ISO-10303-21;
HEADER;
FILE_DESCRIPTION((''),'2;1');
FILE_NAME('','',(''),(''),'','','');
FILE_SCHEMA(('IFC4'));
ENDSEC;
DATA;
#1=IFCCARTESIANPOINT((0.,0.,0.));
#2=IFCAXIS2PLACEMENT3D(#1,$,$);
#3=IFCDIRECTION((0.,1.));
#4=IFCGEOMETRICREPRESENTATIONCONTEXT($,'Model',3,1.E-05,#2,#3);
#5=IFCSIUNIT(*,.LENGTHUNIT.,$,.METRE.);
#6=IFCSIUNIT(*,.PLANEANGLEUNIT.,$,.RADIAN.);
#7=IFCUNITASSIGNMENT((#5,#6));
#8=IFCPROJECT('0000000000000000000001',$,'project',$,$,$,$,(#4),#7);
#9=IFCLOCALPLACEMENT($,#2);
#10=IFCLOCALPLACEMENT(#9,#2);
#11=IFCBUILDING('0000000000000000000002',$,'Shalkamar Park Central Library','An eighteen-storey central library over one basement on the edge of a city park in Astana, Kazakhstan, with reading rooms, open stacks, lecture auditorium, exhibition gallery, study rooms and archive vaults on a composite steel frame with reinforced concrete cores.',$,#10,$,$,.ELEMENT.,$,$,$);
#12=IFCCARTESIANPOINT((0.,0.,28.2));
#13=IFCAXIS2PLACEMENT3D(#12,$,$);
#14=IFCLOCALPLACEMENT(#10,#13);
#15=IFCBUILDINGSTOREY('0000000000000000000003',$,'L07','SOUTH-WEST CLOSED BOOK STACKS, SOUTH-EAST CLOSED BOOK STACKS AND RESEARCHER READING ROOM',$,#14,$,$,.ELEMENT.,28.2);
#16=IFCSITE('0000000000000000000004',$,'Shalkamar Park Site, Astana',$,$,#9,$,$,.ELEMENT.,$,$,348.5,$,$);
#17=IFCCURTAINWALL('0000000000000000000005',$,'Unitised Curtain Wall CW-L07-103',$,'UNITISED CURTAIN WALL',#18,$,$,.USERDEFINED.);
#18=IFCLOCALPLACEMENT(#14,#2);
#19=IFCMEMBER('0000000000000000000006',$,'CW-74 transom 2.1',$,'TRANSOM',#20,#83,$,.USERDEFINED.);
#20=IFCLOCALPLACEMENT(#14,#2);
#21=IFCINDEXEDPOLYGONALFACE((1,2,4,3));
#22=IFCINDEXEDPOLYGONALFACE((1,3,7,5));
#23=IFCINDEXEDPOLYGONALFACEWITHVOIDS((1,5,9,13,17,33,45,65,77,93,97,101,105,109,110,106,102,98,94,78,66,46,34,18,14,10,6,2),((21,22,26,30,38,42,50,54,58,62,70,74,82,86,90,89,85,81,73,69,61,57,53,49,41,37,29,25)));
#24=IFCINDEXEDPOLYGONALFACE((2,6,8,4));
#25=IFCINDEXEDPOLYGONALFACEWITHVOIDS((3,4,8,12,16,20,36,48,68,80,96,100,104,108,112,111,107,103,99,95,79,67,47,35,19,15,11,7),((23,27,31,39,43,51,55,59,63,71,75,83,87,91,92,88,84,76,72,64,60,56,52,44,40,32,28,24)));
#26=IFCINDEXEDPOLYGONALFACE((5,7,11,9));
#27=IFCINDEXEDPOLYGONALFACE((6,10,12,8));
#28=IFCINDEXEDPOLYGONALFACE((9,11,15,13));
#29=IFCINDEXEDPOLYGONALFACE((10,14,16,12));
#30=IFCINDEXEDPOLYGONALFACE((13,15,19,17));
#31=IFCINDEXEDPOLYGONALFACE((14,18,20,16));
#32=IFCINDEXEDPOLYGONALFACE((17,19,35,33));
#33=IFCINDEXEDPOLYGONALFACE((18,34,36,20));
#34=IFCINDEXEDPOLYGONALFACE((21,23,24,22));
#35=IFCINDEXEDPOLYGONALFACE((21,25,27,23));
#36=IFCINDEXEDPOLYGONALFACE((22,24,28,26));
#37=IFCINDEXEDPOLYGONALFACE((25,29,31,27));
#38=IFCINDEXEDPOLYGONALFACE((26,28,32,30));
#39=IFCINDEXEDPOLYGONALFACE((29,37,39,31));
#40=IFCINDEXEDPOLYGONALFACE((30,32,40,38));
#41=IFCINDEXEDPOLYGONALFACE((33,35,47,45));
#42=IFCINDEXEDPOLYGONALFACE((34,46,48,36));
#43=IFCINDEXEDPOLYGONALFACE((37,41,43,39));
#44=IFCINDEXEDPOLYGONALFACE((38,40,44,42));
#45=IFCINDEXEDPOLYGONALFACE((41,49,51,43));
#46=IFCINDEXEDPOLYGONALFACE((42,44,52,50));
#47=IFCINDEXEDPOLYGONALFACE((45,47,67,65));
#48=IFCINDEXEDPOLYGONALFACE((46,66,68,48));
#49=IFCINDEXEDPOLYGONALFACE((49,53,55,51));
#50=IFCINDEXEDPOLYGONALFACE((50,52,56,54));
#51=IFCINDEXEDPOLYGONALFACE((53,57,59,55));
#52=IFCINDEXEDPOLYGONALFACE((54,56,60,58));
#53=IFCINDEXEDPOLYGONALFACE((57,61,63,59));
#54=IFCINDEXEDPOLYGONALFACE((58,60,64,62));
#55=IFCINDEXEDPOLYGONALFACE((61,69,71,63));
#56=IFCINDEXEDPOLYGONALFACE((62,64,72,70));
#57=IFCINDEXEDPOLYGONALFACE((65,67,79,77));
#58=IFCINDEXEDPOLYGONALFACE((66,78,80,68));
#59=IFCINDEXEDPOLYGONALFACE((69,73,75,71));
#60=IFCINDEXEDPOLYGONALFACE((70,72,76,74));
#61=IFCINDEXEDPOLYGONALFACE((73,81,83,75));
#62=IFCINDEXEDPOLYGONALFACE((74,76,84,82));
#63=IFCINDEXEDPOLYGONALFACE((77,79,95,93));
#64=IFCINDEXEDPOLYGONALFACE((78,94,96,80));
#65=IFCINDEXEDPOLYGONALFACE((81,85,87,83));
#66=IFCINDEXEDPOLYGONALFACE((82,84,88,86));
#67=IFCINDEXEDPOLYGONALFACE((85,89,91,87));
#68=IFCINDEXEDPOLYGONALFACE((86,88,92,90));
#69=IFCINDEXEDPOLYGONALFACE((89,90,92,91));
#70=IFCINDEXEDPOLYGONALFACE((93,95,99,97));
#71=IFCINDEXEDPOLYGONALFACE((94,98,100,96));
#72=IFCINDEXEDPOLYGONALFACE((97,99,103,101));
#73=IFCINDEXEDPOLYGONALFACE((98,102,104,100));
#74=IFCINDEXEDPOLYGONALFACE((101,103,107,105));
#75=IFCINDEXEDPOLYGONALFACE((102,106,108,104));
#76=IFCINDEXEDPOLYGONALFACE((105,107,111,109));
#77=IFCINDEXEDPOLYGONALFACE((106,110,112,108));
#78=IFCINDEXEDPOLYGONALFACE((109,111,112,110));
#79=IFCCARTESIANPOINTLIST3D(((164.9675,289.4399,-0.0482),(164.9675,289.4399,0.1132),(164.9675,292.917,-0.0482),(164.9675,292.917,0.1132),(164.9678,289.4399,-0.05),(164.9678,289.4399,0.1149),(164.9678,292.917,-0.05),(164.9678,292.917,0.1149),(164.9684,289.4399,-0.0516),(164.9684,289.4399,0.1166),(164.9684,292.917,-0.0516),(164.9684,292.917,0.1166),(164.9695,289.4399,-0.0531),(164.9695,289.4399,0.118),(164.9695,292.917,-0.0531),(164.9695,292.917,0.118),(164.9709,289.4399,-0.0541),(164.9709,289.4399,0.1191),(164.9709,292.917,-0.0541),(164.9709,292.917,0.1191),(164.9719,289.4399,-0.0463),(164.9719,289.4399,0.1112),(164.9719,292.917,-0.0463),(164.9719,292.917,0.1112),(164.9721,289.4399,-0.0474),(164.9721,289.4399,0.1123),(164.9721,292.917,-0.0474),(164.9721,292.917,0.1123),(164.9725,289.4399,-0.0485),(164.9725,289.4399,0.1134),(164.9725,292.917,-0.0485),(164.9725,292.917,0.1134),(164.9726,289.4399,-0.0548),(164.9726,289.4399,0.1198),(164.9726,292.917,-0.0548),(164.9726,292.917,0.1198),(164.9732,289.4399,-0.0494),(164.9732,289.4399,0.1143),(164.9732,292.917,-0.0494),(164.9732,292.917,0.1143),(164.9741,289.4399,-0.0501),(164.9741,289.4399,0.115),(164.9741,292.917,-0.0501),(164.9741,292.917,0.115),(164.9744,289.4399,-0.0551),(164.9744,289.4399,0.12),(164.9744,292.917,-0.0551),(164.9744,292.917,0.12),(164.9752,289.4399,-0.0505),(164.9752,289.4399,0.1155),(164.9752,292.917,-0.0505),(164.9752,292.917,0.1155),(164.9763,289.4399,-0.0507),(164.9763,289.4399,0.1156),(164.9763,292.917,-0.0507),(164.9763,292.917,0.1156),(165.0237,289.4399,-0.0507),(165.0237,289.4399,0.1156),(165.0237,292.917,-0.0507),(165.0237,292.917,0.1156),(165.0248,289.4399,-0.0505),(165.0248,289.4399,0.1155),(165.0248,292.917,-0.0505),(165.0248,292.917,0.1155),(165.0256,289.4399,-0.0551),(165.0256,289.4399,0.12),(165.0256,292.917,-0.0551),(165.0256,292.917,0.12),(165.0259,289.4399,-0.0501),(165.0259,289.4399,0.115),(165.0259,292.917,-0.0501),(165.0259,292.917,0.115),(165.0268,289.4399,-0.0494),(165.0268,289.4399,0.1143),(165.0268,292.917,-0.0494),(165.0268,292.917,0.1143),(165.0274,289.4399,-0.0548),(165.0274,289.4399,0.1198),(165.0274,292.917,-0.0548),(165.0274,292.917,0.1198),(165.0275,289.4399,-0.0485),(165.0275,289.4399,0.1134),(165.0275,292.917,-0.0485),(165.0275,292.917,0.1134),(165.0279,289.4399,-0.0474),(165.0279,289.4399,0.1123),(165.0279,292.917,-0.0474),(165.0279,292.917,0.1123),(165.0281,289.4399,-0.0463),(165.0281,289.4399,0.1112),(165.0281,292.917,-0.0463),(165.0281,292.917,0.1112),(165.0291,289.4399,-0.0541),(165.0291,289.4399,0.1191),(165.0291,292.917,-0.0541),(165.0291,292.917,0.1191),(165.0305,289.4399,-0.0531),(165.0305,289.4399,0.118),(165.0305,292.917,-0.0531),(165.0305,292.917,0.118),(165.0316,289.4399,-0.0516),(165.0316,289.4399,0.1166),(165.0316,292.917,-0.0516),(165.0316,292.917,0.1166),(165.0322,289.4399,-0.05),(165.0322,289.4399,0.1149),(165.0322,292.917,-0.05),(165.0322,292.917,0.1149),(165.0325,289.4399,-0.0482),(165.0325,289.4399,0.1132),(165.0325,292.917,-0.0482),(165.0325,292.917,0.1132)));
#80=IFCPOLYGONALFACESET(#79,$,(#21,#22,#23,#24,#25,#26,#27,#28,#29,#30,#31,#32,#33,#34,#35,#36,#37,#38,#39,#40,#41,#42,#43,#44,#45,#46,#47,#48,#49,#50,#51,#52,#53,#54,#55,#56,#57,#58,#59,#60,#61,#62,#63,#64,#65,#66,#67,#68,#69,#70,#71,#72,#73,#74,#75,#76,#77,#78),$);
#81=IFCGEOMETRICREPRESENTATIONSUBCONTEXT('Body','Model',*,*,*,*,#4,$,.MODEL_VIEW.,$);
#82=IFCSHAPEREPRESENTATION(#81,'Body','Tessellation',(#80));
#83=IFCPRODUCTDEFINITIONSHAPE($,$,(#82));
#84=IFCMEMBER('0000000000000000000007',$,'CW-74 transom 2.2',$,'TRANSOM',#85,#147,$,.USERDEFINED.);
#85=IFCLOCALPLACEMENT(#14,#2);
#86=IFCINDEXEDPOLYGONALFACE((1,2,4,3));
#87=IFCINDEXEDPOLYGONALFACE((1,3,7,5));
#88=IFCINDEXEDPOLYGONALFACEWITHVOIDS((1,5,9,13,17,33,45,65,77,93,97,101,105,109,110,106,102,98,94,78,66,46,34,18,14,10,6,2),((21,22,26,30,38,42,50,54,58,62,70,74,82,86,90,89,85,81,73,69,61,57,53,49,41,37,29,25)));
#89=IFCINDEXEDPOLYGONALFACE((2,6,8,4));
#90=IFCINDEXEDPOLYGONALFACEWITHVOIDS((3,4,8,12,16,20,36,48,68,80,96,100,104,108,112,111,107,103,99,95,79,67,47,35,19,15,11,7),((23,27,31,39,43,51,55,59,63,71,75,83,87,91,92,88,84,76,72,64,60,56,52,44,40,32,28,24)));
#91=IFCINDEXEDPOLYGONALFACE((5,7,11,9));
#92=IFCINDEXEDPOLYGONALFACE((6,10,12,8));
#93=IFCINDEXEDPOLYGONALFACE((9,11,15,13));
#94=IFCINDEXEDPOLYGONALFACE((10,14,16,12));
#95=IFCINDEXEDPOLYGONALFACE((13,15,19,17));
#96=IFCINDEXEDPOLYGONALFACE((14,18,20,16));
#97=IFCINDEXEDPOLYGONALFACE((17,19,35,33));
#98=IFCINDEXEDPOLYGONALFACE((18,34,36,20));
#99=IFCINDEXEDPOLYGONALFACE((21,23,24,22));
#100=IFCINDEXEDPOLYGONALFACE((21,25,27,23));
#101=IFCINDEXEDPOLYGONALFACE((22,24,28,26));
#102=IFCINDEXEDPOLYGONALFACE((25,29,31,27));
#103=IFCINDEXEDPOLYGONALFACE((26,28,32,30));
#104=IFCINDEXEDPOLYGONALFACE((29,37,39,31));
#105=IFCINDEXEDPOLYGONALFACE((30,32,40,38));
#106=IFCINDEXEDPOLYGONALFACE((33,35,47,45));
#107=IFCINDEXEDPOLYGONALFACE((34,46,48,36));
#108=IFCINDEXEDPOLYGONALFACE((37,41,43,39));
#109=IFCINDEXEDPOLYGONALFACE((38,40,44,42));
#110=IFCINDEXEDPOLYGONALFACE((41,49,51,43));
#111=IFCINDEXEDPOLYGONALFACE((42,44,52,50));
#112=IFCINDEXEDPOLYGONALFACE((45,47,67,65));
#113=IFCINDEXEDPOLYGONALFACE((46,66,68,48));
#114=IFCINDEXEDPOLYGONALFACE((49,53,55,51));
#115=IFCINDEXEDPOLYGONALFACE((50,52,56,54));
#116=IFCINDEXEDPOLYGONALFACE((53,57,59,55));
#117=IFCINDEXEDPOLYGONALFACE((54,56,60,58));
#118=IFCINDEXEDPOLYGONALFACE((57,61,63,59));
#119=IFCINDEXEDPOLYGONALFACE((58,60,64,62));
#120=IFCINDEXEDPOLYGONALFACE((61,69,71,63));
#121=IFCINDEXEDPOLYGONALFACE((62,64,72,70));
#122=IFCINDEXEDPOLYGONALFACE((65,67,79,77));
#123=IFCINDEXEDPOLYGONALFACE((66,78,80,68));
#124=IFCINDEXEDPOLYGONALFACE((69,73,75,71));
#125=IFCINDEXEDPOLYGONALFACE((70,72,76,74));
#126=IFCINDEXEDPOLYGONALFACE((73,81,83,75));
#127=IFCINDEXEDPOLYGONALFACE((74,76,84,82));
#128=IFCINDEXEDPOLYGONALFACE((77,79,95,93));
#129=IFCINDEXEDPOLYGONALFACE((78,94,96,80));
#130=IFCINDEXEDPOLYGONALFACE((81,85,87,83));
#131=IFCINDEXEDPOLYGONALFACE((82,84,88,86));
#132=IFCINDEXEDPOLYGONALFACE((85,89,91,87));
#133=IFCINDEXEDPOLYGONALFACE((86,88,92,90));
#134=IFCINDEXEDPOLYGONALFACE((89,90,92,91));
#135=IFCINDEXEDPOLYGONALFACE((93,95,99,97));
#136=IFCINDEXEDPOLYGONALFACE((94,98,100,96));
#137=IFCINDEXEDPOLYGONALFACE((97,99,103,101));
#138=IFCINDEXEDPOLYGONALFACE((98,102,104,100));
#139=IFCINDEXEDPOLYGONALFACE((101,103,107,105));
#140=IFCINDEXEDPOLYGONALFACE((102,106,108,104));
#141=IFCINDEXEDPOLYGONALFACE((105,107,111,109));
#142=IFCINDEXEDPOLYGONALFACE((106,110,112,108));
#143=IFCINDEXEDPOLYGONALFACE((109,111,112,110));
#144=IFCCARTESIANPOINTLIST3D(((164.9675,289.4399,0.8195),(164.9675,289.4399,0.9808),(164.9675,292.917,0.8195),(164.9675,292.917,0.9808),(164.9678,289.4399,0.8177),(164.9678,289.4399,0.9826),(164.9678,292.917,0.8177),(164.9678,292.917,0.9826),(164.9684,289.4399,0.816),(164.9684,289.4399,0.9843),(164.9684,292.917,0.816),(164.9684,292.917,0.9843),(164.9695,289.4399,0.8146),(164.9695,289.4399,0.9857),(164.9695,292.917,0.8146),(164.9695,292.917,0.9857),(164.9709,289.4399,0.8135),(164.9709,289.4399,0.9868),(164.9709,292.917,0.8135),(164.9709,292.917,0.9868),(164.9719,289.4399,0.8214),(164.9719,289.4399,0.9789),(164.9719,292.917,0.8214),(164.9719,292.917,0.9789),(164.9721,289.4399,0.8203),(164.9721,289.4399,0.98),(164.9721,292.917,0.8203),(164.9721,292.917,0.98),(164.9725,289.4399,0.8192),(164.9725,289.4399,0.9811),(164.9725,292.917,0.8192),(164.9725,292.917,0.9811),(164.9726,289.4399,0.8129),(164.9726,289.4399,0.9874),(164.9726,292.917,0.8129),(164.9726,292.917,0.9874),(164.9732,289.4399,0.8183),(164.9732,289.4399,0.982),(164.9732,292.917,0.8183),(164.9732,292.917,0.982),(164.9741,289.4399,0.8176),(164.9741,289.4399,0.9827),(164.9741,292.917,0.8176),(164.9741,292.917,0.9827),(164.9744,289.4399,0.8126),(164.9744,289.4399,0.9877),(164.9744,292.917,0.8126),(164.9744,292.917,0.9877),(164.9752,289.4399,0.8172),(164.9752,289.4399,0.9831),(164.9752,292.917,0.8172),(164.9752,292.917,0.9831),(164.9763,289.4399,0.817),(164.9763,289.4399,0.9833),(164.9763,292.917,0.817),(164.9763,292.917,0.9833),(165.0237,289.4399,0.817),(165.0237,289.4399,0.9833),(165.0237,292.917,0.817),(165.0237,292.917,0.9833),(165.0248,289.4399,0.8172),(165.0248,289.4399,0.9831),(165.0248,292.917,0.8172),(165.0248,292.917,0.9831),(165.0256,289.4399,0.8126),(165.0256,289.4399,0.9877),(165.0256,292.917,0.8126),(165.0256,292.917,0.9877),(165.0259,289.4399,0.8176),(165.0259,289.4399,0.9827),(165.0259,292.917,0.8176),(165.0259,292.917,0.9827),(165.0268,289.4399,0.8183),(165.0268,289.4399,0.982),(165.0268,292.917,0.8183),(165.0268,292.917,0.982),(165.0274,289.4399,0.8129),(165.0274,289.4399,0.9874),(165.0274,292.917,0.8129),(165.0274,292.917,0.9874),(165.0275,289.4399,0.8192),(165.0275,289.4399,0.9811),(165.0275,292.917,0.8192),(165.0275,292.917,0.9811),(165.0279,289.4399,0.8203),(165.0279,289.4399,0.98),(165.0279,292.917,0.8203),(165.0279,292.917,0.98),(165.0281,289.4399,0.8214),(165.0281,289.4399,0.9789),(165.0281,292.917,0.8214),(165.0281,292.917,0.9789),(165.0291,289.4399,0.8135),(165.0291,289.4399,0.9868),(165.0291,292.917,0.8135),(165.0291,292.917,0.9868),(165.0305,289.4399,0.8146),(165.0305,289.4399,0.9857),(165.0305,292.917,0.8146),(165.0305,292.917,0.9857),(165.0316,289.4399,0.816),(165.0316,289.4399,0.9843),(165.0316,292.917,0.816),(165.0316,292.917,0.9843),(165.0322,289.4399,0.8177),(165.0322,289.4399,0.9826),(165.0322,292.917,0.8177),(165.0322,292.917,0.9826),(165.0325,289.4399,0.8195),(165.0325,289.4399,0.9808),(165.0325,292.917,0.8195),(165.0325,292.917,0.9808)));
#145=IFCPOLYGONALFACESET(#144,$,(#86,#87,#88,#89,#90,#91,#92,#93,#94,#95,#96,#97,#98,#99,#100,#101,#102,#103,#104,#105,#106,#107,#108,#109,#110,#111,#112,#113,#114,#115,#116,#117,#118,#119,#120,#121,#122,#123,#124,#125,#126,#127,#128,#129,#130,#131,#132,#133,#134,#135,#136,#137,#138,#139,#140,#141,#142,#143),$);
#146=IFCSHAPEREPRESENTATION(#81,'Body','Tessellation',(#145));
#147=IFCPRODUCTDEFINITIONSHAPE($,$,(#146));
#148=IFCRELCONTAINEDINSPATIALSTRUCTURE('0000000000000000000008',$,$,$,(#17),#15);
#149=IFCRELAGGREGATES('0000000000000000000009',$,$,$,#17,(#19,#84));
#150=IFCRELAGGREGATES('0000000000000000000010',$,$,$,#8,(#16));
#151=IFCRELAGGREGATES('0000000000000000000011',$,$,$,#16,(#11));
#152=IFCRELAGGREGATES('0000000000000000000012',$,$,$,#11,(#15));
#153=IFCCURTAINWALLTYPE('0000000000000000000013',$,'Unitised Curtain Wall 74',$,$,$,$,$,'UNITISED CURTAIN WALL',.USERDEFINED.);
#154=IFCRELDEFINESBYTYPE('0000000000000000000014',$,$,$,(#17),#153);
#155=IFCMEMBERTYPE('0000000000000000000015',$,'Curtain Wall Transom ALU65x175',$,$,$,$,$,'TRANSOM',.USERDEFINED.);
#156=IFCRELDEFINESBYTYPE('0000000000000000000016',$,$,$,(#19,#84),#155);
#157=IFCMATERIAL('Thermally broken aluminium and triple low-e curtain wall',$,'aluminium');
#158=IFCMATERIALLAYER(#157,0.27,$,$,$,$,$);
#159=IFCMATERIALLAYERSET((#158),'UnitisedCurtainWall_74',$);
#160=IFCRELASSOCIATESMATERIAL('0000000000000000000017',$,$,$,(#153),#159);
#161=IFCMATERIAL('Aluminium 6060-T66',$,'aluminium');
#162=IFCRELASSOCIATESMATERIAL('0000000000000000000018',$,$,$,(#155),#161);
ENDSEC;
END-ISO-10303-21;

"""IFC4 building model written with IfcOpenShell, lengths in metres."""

from ifc_helpers import new_model, si_unit, direction, frame, origin, origin_2d, place, context, subcontext, project, spatial, hollow_rectangle, extrude, material, layer, layer_set, material_profile, profile_set, type_object, element, aggregate, save


model = new_model("IFC4")

# Units and contexts
model_context = context("Model", 3, precision=1e-05, world=origin(), true_north=direction((0.0, 1.0)))
body_context = subcontext(model_context, "Body", "Model", "MODEL_VIEW")
ifc_project = project(units=[si_unit("LENGTHUNIT", "METRE"), si_unit("PLANEANGLEUNIT", "RADIAN")], contexts=[model_context])

# Site, building, storey
site_placement = place(None, origin())
site = spatial("IfcSite", under=ifc_project, at=site_placement, Name="Shalkamar Park Site, Astana", CompositionType="ELEMENT", RefElevation=348.5)
building_placement = place(site_placement, origin())
building = spatial("IfcBuilding", under=site, at=building_placement, Name="Shalkamar Park Central Library", Description="An eighteen-storey central library over one basement on the edge of a city park in Astana, Kazakhstan, with reading rooms, open stacks, lecture auditorium, exhibition gallery, study rooms and archive vaults on a composite steel frame with reinforced concrete cores.", CompositionType="ELEMENT")
storey_placement = place(building_placement, frame((0.0, 0.0, 28.2)))
storey = spatial("IfcBuildingStorey", under=building, at=storey_placement, Name="L07", Description="SOUTH-WEST CLOSED BOOK STACKS, SOUTH-EAST CLOSED BOOK STACKS AND RESEARCHER READING ROOM", CompositionType="ELEMENT", Elevation=28.2)

# Curtain wall, members
ifc_material_1 = material(Name="Thermally broken aluminium and triple low-e curtain wall", Category="aluminium")
ifc_layer_1 = layer(ifc_material_1, 0.27)
ifc_layer_set_1 = layer_set([ifc_layer_1], Name="UnitisedCurtainWall_74")
curtain_wall_type = type_object("IfcCurtainWallType", Name="Unitised Curtain Wall 74", ElementType="UNITISED CURTAIN WALL", PredefinedType="USERDEFINED", material=ifc_layer_set_1)
curtain_wall_placement = place(storey_placement, origin())
curtain_wall = element("IfcCurtainWall", 1, at=curtain_wall_placement, inside=storey, type_object=curtain_wall_type, Name="Unitised Curtain Wall CW-L07-103", ObjectType="UNITISED CURTAIN WALL", PredefinedType="USERDEFINED")
ifc_material_2 = material(Name="Aluminium 6060-T66", Category="aluminium")
ifc_material_profile_1 = material_profile(ifc_material_2, hollow_rectangle(XDim=0.0649, YDim=0.175, WallThickness=0.0044, InnerFilletRadius=0.0044, OuterFilletRadius=0.0068, at=origin_2d()), Name="ALU 65x175x4.5")
ifc_profile_set_1 = profile_set([ifc_material_profile_1], Name="Aluminium 6060-T66")
member_type_1 = type_object("IfcMemberType", Name="Curtain Wall Transom ALU65x175", ElementType="TRANSOM", PredefinedType="USERDEFINED", material=ifc_profile_set_1)
member_1_placement = place(storey_placement, frame((165.0, 289.4399, 0.0325), z_axis=(0.0, 1.0, 0.0), x_axis=(-1.0, 0.0, 0.0)))
member_1 = element("IfcMember", 2, at=member_1_placement, type_object=member_type_1, Name="CW-74 transom 2.1", ObjectType="TRANSOM", PredefinedType="USERDEFINED", context=body_context, shape_type="SweptSolid", body=[
    extrude(hollow_rectangle(XDim=0.0649, YDim=0.175, WallThickness=0.0044, InnerFilletRadius=0.0044, OuterFilletRadius=0.0068, at=origin_2d()), origin(), (0.0, 0.0, 1.0), 3.4771),
])
member_2_placement = place(storey_placement, frame((165.0, 289.4399, 0.9001), z_axis=(0.0, 1.0, 0.0), x_axis=(-1.0, 0.0, 0.0)))
member_2 = element("IfcMember", 3, at=member_2_placement, type_object=member_type_1, Name="CW-74 transom 2.2", ObjectType="TRANSOM", PredefinedType="USERDEFINED", context=body_context, shape_type="SweptSolid", body=[
    extrude(hollow_rectangle(XDim=0.0649, YDim=0.175, WallThickness=0.0044, InnerFilletRadius=0.0044, OuterFilletRadius=0.0068, at=origin_2d()), origin(), (0.0, 0.0, 1.0), 3.4771),
])

aggregate(curtain_wall, [member_1, member_2])

save(model, "model.ifc")
